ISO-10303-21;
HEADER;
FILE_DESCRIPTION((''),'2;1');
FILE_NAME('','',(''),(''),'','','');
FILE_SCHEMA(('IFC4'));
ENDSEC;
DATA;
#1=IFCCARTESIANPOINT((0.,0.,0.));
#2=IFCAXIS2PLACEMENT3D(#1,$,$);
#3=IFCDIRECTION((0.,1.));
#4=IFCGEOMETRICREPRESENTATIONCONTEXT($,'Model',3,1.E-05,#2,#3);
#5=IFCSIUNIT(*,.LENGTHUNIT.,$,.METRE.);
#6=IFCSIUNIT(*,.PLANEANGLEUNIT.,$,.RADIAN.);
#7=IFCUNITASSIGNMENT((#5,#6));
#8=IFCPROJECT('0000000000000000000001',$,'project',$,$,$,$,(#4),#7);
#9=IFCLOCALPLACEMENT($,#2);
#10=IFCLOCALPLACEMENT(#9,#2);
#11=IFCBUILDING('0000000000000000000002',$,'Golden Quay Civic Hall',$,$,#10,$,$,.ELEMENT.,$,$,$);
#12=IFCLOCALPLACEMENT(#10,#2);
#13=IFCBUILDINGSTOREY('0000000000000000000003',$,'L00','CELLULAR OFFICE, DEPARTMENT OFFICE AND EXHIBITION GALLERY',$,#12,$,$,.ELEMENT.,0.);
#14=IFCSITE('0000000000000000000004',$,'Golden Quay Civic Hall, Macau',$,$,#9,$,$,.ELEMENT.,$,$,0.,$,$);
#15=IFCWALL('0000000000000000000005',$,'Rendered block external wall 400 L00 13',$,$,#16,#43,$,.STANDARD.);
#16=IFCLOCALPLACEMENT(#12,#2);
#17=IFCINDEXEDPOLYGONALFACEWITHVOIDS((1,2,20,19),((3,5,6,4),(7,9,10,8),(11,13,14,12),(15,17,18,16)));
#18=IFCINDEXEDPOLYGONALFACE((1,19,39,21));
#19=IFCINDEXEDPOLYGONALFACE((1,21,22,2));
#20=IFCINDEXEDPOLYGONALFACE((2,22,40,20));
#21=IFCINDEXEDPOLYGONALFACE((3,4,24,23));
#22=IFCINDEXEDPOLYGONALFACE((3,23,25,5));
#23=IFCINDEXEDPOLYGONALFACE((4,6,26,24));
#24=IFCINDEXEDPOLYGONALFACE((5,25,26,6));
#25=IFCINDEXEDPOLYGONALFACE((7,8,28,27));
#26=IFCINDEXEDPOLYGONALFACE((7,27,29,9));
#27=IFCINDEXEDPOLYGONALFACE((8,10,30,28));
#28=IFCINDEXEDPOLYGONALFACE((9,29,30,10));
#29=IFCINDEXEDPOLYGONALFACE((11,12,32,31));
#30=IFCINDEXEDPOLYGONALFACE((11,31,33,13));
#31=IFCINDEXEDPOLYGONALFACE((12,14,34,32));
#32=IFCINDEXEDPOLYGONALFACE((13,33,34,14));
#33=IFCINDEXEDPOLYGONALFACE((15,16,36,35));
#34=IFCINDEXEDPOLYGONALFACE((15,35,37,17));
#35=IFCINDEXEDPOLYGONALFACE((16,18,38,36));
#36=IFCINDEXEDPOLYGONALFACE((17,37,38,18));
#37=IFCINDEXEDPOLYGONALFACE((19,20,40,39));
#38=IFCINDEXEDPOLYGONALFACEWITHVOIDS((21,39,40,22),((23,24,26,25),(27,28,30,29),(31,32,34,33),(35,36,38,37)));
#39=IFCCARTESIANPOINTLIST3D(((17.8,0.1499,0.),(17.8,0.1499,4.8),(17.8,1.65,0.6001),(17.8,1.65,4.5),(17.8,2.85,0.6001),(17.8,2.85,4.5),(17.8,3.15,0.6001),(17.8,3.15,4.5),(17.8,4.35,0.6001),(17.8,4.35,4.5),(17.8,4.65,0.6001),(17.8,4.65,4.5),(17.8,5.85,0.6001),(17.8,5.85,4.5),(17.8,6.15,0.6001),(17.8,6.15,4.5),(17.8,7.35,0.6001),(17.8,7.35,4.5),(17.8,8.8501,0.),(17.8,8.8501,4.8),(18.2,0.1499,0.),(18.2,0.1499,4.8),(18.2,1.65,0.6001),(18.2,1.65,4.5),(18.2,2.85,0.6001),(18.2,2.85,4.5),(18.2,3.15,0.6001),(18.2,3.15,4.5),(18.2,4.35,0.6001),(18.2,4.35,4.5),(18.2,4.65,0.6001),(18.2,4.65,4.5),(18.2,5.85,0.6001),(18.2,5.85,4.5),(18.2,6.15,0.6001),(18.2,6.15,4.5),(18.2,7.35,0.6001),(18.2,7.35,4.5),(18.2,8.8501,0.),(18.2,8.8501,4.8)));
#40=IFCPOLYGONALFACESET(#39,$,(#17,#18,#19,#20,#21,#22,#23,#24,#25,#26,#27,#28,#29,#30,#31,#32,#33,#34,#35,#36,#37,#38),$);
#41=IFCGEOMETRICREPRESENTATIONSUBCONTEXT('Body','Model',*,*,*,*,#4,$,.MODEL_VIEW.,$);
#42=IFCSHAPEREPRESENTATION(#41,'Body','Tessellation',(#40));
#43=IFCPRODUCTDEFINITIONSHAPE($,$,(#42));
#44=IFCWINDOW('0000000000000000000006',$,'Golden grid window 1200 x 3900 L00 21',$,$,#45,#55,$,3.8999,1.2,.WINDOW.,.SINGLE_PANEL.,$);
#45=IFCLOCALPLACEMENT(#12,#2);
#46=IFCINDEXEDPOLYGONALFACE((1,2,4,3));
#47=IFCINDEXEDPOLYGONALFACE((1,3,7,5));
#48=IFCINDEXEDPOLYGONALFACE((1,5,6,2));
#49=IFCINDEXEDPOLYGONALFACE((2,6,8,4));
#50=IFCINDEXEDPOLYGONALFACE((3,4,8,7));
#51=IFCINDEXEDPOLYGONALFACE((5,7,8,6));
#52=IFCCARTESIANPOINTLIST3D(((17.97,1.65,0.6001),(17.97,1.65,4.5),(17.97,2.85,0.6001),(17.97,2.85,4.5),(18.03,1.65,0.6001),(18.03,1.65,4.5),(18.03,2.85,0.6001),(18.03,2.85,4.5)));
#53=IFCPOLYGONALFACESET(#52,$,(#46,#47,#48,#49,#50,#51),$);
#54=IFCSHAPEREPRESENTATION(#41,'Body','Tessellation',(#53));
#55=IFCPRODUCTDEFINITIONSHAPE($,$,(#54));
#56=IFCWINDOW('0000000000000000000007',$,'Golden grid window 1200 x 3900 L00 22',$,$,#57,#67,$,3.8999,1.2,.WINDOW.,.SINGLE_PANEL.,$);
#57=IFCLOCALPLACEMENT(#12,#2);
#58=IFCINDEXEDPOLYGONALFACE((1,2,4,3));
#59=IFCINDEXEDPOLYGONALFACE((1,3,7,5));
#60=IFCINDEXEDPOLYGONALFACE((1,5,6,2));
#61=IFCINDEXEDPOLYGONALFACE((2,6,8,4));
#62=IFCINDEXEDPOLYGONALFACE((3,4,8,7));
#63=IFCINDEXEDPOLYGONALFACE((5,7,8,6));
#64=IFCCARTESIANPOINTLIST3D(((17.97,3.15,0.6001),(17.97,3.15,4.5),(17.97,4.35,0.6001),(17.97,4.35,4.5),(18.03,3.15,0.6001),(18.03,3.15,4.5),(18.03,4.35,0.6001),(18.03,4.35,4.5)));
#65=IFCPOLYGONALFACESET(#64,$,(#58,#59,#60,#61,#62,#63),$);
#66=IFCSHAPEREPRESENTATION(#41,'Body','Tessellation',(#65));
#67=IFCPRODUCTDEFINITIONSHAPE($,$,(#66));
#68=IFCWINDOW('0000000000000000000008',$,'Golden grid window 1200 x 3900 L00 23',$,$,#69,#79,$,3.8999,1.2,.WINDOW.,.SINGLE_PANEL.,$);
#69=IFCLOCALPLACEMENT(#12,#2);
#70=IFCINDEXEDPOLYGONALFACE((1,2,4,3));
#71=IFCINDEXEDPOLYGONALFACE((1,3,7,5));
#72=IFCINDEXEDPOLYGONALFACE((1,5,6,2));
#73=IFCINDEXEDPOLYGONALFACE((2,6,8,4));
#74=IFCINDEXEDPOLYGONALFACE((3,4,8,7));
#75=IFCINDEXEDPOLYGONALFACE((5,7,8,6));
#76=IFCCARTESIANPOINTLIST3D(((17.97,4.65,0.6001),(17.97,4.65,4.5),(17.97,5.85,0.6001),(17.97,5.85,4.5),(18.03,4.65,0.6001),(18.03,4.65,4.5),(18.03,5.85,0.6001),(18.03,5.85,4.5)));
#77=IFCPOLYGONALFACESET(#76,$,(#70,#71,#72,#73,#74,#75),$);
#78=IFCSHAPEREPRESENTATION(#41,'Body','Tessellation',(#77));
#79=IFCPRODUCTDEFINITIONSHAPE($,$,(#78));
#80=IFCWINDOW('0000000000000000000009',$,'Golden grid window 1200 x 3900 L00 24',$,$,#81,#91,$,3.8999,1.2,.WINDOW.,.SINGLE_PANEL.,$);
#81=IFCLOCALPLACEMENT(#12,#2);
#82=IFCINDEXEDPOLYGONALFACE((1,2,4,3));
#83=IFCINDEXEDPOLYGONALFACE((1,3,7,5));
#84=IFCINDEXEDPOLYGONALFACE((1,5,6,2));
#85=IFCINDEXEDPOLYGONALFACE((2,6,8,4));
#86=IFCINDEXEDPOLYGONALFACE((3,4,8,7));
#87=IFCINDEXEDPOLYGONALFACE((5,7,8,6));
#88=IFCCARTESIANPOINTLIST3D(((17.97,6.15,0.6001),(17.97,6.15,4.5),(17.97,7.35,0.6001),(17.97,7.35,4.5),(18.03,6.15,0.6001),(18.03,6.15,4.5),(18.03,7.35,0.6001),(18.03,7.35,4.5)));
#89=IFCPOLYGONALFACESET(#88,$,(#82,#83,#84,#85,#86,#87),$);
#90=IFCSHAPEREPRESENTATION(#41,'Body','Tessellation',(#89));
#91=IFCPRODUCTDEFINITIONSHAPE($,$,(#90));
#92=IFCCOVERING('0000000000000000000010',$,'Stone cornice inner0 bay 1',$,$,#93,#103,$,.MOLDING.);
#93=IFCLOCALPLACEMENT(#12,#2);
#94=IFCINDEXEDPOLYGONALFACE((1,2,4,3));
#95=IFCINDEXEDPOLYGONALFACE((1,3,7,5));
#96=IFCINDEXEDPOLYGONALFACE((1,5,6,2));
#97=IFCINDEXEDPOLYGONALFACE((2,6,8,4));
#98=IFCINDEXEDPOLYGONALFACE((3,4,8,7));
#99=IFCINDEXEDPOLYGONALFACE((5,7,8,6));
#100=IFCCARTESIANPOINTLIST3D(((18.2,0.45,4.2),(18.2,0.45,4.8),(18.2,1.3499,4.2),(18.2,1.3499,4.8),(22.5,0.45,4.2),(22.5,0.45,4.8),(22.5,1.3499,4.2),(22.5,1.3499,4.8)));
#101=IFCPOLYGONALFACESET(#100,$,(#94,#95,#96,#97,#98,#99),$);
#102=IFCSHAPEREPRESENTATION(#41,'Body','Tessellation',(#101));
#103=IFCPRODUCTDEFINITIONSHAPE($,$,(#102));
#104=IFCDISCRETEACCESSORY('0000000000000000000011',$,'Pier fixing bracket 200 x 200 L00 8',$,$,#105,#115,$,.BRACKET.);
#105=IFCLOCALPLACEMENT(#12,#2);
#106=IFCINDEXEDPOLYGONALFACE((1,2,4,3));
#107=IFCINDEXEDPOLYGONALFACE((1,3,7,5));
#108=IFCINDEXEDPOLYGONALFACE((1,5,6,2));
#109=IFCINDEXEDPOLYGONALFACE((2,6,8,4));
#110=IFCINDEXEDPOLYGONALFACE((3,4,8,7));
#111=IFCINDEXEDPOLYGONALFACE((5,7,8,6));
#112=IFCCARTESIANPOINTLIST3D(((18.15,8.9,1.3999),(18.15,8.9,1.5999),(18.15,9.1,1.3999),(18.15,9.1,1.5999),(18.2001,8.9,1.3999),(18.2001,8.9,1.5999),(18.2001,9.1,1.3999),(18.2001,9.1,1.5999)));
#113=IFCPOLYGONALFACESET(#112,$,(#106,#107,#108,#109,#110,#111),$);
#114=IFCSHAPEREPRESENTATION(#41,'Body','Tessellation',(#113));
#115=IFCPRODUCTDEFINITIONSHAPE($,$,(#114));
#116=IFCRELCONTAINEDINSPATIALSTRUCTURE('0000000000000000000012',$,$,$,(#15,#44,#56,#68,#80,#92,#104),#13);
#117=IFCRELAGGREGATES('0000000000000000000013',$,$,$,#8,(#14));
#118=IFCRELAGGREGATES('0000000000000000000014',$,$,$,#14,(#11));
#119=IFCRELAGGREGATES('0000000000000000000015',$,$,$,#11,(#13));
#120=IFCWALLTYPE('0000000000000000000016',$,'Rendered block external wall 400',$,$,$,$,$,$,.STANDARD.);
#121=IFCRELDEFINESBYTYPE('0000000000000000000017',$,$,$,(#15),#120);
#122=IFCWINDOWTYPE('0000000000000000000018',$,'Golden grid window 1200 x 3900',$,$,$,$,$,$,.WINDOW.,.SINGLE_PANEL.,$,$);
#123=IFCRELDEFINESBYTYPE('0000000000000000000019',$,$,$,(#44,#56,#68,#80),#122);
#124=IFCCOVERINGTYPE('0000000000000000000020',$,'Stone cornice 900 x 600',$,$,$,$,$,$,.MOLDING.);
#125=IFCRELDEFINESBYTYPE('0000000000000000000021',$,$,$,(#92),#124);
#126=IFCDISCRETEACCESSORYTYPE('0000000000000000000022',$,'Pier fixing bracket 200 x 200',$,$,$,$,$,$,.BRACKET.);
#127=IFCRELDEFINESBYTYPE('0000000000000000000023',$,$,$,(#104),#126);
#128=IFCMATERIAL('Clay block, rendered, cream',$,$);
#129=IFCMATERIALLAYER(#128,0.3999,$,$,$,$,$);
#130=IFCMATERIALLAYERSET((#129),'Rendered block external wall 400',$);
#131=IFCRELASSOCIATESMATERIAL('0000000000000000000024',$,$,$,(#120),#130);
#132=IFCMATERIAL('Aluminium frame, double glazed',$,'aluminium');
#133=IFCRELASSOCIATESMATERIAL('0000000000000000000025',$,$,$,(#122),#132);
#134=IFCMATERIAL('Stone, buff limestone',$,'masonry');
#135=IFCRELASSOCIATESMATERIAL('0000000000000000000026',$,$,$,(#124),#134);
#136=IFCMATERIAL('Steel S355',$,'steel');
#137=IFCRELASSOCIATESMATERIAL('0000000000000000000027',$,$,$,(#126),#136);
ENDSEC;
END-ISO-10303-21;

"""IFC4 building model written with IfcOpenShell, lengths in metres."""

from ifc_helpers import new_model, si_unit, direction, frame, frame_2d, origin, origin_2d, place, context, subcontext, project, spatial, rectangle, extrude, material, layer, layer_set, material_profile, profile_set, type_object, element, fill, save


model = new_model("IFC4")

# Units and contexts
model_context = context("Model", 3, precision=1e-05, world=origin(), true_north=direction((0.0, 1.0)))
body_context = subcontext(model_context, "Body", "Model", "MODEL_VIEW")
ifc_project = project(units=[si_unit("LENGTHUNIT", "METRE"), si_unit("PLANEANGLEUNIT", "RADIAN")], contexts=[model_context])

# Site, building, storey
site_placement = place(None, origin())
site = spatial("IfcSite", under=ifc_project, at=site_placement, Name="Golden Quay Civic Hall, Macau", CompositionType="ELEMENT", RefElevation=0.0)
building_placement = place(site_placement, origin())
building = spatial("IfcBuilding", under=site, at=building_placement, Name="Golden Quay Civic Hall", CompositionType="ELEMENT")
storey_placement = place(building_placement, origin())
storey = spatial("IfcBuildingStorey", under=building, at=storey_placement, Name="L00", Description="CELLULAR OFFICE, DEPARTMENT OFFICE AND EXHIBITION GALLERY", CompositionType="ELEMENT", Elevation=0.0)

# Wall, openings, windows
ifc_material_1 = material(Name="Clay block, rendered, cream")
ifc_layer = layer(ifc_material_1, 0.3999)
ifc_layer_set = layer_set([ifc_layer], Name="Rendered block external wall 400")
wall_type = type_object("IfcWallType", Name="Rendered block external wall 400", PredefinedType="STANDARD", material=ifc_layer_set)
wall_placement = place(storey_placement, frame((18.0, 8.8501, 0.0), z_axis=(0.0, 0.0, 1.0), x_axis=(0.0, -1.0, 0.0)))
wall = element("IfcWall", 1, at=wall_placement, inside=storey, type_object=wall_type, Name="Rendered block external wall 400 L00 13", PredefinedType="STANDARD", context=body_context, shape_type="SweptSolid", body=[
    extrude(rectangle(XDim=8.7002, YDim=0.3999, at=frame_2d((4.3501, 0.0))), origin(), (0.0, 0.0, 1.0), 4.8),
])
opening_1_placement = place(wall_placement, frame((6.0, 0.0, 0.6001)))
opening_1 = element("IfcOpeningElement", 2, at=opening_1_placement, cuts=wall, PredefinedType="OPENING", context=body_context, shape_type="SweptSolid", body=[
    extrude(rectangle(XDim=1.2, YDim=3.8999, at=frame_2d((0.6001, 1.95))), frame((0.0, 0.21, 0.0), z_axis=(0.0, -1.0, 0.0), x_axis=(1.0, 0.0, 0.0)), (0.0, 0.0, 1.0), 0.4199),
])
opening_2_placement = place(wall_placement, frame((4.5, 0.0, 0.6001)))
opening_2 = element("IfcOpeningElement", 3, at=opening_2_placement, cuts=wall, PredefinedType="OPENING", context=body_context, shape_type="SweptSolid", body=[
    extrude(rectangle(XDim=1.2, YDim=3.8999, at=frame_2d((0.6001, 1.95))), frame((0.0, 0.21, 0.0), z_axis=(0.0, -1.0, 0.0), x_axis=(1.0, 0.0, 0.0)), (0.0, 0.0, 1.0), 0.4199),
])
opening_3_placement = place(wall_placement, frame((3.0, 0.0, 0.6001)))
opening_3 = element("IfcOpeningElement", 4, at=opening_3_placement, cuts=wall, PredefinedType="OPENING", context=body_context, shape_type="SweptSolid", body=[
    extrude(rectangle(XDim=1.2, YDim=3.8999, at=frame_2d((0.6001, 1.95))), frame((0.0, 0.21, 0.0), z_axis=(0.0, -1.0, 0.0), x_axis=(1.0, 0.0, 0.0)), (0.0, 0.0, 1.0), 0.4199),
])
opening_4_placement = place(wall_placement, frame((1.5, 0.0, 0.6001)))
opening_4 = element("IfcOpeningElement", 5, at=opening_4_placement, cuts=wall, PredefinedType="OPENING", context=body_context, shape_type="SweptSolid", body=[
    extrude(rectangle(XDim=1.2, YDim=3.8999, at=frame_2d((0.6001, 1.95))), frame((0.0, 0.21, 0.0), z_axis=(0.0, -1.0, 0.0), x_axis=(1.0, 0.0, 0.0)), (0.0, 0.0, 1.0), 0.4199),
])
ifc_material_2 = material(Name="Aluminium frame, double glazed", Category="aluminium")
window_type = type_object("IfcWindowType", Name="Golden grid window 1200 x 3900", PartitioningType="SINGLE_PANEL", PredefinedType="WINDOW", material=ifc_material_2)
window_1_placement = place(opening_1_placement, origin())
window_1 = element("IfcWindow", 6, at=window_1_placement, inside=storey, type_object=window_type, Name="Golden grid window 1200 x 3900 L00 21", OverallHeight=3.8999, OverallWidth=1.2, PartitioningType="SINGLE_PANEL", PredefinedType="WINDOW", context=body_context, shape_type="SweptSolid", body=[
    extrude(rectangle(XDim=1.2, YDim=3.8999, at=frame_2d((0.6001, 1.95))), frame((0.0, 0.03, 0.0), z_axis=(0.0, -1.0, 0.0), x_axis=(1.0, 0.0, 0.0)), (0.0, 0.0, 1.0), 0.0601),
])
fill(opening_1, window_1)
window_2_placement = place(opening_2_placement, origin())
window_2 = element("IfcWindow", 7, at=window_2_placement, inside=storey, type_object=window_type, Name="Golden grid window 1200 x 3900 L00 22", OverallHeight=3.8999, OverallWidth=1.2, PartitioningType="SINGLE_PANEL", PredefinedType="WINDOW", context=body_context, shape_type="SweptSolid", body=[
    extrude(rectangle(XDim=1.2, YDim=3.8999, at=frame_2d((0.6001, 1.95))), frame((0.0, 0.03, 0.0), z_axis=(0.0, -1.0, 0.0), x_axis=(1.0, 0.0, 0.0)), (0.0, 0.0, 1.0), 0.0601),
])
fill(opening_2, window_2)
window_3_placement = place(opening_3_placement, origin())
window_3 = element("IfcWindow", 8, at=window_3_placement, inside=storey, type_object=window_type, Name="Golden grid window 1200 x 3900 L00 23", OverallHeight=3.8999, OverallWidth=1.2, PartitioningType="SINGLE_PANEL", PredefinedType="WINDOW", context=body_context, shape_type="SweptSolid", body=[
    extrude(rectangle(XDim=1.2, YDim=3.8999, at=frame_2d((0.6001, 1.95))), frame((0.0, 0.03, 0.0), z_axis=(0.0, -1.0, 0.0), x_axis=(1.0, 0.0, 0.0)), (0.0, 0.0, 1.0), 0.0601),
])
fill(opening_3, window_3)
window_4_placement = place(opening_4_placement, origin())
window_4 = element("IfcWindow", 9, at=window_4_placement, inside=storey, type_object=window_type, Name="Golden grid window 1200 x 3900 L00 24", OverallHeight=3.8999, OverallWidth=1.2, PartitioningType="SINGLE_PANEL", PredefinedType="WINDOW", context=body_context, shape_type="SweptSolid", body=[
    extrude(rectangle(XDim=1.2, YDim=3.8999, at=frame_2d((0.6001, 1.95))), frame((0.0, 0.03, 0.0), z_axis=(0.0, -1.0, 0.0), x_axis=(1.0, 0.0, 0.0)), (0.0, 0.0, 1.0), 0.0601),
])
fill(opening_4, window_4)

# Covering
ifc_material_3 = material(Name="Stone, buff limestone", Category="masonry")
ifc_material_profile_1 = material_profile(ifc_material_3, rectangle(XDim=0.8999, YDim=0.6001, at=origin_2d()), Name="RC 900x600")
ifc_profile_set_1 = profile_set([ifc_material_profile_1], Name="Stone, buff limestone")
covering_type = type_object("IfcCoveringType", Name="Stone cornice 900 x 600", PredefinedType="MOLDING", material=ifc_profile_set_1)
covering_placement = place(storey_placement, frame((18.2, 0.8999, 4.5), z_axis=(1.0, 0.0, 0.0), x_axis=(0.0, 1.0, 0.0)))
element("IfcCovering", 10, at=covering_placement, inside=storey, type_object=covering_type, Name="Stone cornice inner0 bay 1", PredefinedType="MOLDING", context=body_context, shape_type="SweptSolid", body=[
    extrude(rectangle(XDim=0.8999, YDim=0.6001, at=origin_2d()), origin(), (0.0, 0.0, 1.0), 4.3),
])

# Discrete accessory
ifc_material_4 = material(Name="Steel S355", Category="steel")
discrete_accessory_type = type_object("IfcDiscreteAccessoryType", Name="Pier fixing bracket 200 x 200", PredefinedType="BRACKET", material=ifc_material_4)
discrete_accessory_placement = place(storey_placement, frame((18.175, 9.0, 1.3999), z_axis=(0.0, 0.0, 1.0), x_axis=(0.0, 1.0, 0.0)))
element("IfcDiscreteAccessory", 11, at=discrete_accessory_placement, inside=storey, type_object=discrete_accessory_type, Name="Pier fixing bracket 200 x 200 L00 8", PredefinedType="BRACKET", context=body_context, shape_type="SweptSolid", body=[
    extrude(rectangle(XDim=0.2, YDim=0.05, at=origin_2d()), origin(), (0.0, 0.0, 1.0), 0.2),
])

save(model, "model.ifc")
